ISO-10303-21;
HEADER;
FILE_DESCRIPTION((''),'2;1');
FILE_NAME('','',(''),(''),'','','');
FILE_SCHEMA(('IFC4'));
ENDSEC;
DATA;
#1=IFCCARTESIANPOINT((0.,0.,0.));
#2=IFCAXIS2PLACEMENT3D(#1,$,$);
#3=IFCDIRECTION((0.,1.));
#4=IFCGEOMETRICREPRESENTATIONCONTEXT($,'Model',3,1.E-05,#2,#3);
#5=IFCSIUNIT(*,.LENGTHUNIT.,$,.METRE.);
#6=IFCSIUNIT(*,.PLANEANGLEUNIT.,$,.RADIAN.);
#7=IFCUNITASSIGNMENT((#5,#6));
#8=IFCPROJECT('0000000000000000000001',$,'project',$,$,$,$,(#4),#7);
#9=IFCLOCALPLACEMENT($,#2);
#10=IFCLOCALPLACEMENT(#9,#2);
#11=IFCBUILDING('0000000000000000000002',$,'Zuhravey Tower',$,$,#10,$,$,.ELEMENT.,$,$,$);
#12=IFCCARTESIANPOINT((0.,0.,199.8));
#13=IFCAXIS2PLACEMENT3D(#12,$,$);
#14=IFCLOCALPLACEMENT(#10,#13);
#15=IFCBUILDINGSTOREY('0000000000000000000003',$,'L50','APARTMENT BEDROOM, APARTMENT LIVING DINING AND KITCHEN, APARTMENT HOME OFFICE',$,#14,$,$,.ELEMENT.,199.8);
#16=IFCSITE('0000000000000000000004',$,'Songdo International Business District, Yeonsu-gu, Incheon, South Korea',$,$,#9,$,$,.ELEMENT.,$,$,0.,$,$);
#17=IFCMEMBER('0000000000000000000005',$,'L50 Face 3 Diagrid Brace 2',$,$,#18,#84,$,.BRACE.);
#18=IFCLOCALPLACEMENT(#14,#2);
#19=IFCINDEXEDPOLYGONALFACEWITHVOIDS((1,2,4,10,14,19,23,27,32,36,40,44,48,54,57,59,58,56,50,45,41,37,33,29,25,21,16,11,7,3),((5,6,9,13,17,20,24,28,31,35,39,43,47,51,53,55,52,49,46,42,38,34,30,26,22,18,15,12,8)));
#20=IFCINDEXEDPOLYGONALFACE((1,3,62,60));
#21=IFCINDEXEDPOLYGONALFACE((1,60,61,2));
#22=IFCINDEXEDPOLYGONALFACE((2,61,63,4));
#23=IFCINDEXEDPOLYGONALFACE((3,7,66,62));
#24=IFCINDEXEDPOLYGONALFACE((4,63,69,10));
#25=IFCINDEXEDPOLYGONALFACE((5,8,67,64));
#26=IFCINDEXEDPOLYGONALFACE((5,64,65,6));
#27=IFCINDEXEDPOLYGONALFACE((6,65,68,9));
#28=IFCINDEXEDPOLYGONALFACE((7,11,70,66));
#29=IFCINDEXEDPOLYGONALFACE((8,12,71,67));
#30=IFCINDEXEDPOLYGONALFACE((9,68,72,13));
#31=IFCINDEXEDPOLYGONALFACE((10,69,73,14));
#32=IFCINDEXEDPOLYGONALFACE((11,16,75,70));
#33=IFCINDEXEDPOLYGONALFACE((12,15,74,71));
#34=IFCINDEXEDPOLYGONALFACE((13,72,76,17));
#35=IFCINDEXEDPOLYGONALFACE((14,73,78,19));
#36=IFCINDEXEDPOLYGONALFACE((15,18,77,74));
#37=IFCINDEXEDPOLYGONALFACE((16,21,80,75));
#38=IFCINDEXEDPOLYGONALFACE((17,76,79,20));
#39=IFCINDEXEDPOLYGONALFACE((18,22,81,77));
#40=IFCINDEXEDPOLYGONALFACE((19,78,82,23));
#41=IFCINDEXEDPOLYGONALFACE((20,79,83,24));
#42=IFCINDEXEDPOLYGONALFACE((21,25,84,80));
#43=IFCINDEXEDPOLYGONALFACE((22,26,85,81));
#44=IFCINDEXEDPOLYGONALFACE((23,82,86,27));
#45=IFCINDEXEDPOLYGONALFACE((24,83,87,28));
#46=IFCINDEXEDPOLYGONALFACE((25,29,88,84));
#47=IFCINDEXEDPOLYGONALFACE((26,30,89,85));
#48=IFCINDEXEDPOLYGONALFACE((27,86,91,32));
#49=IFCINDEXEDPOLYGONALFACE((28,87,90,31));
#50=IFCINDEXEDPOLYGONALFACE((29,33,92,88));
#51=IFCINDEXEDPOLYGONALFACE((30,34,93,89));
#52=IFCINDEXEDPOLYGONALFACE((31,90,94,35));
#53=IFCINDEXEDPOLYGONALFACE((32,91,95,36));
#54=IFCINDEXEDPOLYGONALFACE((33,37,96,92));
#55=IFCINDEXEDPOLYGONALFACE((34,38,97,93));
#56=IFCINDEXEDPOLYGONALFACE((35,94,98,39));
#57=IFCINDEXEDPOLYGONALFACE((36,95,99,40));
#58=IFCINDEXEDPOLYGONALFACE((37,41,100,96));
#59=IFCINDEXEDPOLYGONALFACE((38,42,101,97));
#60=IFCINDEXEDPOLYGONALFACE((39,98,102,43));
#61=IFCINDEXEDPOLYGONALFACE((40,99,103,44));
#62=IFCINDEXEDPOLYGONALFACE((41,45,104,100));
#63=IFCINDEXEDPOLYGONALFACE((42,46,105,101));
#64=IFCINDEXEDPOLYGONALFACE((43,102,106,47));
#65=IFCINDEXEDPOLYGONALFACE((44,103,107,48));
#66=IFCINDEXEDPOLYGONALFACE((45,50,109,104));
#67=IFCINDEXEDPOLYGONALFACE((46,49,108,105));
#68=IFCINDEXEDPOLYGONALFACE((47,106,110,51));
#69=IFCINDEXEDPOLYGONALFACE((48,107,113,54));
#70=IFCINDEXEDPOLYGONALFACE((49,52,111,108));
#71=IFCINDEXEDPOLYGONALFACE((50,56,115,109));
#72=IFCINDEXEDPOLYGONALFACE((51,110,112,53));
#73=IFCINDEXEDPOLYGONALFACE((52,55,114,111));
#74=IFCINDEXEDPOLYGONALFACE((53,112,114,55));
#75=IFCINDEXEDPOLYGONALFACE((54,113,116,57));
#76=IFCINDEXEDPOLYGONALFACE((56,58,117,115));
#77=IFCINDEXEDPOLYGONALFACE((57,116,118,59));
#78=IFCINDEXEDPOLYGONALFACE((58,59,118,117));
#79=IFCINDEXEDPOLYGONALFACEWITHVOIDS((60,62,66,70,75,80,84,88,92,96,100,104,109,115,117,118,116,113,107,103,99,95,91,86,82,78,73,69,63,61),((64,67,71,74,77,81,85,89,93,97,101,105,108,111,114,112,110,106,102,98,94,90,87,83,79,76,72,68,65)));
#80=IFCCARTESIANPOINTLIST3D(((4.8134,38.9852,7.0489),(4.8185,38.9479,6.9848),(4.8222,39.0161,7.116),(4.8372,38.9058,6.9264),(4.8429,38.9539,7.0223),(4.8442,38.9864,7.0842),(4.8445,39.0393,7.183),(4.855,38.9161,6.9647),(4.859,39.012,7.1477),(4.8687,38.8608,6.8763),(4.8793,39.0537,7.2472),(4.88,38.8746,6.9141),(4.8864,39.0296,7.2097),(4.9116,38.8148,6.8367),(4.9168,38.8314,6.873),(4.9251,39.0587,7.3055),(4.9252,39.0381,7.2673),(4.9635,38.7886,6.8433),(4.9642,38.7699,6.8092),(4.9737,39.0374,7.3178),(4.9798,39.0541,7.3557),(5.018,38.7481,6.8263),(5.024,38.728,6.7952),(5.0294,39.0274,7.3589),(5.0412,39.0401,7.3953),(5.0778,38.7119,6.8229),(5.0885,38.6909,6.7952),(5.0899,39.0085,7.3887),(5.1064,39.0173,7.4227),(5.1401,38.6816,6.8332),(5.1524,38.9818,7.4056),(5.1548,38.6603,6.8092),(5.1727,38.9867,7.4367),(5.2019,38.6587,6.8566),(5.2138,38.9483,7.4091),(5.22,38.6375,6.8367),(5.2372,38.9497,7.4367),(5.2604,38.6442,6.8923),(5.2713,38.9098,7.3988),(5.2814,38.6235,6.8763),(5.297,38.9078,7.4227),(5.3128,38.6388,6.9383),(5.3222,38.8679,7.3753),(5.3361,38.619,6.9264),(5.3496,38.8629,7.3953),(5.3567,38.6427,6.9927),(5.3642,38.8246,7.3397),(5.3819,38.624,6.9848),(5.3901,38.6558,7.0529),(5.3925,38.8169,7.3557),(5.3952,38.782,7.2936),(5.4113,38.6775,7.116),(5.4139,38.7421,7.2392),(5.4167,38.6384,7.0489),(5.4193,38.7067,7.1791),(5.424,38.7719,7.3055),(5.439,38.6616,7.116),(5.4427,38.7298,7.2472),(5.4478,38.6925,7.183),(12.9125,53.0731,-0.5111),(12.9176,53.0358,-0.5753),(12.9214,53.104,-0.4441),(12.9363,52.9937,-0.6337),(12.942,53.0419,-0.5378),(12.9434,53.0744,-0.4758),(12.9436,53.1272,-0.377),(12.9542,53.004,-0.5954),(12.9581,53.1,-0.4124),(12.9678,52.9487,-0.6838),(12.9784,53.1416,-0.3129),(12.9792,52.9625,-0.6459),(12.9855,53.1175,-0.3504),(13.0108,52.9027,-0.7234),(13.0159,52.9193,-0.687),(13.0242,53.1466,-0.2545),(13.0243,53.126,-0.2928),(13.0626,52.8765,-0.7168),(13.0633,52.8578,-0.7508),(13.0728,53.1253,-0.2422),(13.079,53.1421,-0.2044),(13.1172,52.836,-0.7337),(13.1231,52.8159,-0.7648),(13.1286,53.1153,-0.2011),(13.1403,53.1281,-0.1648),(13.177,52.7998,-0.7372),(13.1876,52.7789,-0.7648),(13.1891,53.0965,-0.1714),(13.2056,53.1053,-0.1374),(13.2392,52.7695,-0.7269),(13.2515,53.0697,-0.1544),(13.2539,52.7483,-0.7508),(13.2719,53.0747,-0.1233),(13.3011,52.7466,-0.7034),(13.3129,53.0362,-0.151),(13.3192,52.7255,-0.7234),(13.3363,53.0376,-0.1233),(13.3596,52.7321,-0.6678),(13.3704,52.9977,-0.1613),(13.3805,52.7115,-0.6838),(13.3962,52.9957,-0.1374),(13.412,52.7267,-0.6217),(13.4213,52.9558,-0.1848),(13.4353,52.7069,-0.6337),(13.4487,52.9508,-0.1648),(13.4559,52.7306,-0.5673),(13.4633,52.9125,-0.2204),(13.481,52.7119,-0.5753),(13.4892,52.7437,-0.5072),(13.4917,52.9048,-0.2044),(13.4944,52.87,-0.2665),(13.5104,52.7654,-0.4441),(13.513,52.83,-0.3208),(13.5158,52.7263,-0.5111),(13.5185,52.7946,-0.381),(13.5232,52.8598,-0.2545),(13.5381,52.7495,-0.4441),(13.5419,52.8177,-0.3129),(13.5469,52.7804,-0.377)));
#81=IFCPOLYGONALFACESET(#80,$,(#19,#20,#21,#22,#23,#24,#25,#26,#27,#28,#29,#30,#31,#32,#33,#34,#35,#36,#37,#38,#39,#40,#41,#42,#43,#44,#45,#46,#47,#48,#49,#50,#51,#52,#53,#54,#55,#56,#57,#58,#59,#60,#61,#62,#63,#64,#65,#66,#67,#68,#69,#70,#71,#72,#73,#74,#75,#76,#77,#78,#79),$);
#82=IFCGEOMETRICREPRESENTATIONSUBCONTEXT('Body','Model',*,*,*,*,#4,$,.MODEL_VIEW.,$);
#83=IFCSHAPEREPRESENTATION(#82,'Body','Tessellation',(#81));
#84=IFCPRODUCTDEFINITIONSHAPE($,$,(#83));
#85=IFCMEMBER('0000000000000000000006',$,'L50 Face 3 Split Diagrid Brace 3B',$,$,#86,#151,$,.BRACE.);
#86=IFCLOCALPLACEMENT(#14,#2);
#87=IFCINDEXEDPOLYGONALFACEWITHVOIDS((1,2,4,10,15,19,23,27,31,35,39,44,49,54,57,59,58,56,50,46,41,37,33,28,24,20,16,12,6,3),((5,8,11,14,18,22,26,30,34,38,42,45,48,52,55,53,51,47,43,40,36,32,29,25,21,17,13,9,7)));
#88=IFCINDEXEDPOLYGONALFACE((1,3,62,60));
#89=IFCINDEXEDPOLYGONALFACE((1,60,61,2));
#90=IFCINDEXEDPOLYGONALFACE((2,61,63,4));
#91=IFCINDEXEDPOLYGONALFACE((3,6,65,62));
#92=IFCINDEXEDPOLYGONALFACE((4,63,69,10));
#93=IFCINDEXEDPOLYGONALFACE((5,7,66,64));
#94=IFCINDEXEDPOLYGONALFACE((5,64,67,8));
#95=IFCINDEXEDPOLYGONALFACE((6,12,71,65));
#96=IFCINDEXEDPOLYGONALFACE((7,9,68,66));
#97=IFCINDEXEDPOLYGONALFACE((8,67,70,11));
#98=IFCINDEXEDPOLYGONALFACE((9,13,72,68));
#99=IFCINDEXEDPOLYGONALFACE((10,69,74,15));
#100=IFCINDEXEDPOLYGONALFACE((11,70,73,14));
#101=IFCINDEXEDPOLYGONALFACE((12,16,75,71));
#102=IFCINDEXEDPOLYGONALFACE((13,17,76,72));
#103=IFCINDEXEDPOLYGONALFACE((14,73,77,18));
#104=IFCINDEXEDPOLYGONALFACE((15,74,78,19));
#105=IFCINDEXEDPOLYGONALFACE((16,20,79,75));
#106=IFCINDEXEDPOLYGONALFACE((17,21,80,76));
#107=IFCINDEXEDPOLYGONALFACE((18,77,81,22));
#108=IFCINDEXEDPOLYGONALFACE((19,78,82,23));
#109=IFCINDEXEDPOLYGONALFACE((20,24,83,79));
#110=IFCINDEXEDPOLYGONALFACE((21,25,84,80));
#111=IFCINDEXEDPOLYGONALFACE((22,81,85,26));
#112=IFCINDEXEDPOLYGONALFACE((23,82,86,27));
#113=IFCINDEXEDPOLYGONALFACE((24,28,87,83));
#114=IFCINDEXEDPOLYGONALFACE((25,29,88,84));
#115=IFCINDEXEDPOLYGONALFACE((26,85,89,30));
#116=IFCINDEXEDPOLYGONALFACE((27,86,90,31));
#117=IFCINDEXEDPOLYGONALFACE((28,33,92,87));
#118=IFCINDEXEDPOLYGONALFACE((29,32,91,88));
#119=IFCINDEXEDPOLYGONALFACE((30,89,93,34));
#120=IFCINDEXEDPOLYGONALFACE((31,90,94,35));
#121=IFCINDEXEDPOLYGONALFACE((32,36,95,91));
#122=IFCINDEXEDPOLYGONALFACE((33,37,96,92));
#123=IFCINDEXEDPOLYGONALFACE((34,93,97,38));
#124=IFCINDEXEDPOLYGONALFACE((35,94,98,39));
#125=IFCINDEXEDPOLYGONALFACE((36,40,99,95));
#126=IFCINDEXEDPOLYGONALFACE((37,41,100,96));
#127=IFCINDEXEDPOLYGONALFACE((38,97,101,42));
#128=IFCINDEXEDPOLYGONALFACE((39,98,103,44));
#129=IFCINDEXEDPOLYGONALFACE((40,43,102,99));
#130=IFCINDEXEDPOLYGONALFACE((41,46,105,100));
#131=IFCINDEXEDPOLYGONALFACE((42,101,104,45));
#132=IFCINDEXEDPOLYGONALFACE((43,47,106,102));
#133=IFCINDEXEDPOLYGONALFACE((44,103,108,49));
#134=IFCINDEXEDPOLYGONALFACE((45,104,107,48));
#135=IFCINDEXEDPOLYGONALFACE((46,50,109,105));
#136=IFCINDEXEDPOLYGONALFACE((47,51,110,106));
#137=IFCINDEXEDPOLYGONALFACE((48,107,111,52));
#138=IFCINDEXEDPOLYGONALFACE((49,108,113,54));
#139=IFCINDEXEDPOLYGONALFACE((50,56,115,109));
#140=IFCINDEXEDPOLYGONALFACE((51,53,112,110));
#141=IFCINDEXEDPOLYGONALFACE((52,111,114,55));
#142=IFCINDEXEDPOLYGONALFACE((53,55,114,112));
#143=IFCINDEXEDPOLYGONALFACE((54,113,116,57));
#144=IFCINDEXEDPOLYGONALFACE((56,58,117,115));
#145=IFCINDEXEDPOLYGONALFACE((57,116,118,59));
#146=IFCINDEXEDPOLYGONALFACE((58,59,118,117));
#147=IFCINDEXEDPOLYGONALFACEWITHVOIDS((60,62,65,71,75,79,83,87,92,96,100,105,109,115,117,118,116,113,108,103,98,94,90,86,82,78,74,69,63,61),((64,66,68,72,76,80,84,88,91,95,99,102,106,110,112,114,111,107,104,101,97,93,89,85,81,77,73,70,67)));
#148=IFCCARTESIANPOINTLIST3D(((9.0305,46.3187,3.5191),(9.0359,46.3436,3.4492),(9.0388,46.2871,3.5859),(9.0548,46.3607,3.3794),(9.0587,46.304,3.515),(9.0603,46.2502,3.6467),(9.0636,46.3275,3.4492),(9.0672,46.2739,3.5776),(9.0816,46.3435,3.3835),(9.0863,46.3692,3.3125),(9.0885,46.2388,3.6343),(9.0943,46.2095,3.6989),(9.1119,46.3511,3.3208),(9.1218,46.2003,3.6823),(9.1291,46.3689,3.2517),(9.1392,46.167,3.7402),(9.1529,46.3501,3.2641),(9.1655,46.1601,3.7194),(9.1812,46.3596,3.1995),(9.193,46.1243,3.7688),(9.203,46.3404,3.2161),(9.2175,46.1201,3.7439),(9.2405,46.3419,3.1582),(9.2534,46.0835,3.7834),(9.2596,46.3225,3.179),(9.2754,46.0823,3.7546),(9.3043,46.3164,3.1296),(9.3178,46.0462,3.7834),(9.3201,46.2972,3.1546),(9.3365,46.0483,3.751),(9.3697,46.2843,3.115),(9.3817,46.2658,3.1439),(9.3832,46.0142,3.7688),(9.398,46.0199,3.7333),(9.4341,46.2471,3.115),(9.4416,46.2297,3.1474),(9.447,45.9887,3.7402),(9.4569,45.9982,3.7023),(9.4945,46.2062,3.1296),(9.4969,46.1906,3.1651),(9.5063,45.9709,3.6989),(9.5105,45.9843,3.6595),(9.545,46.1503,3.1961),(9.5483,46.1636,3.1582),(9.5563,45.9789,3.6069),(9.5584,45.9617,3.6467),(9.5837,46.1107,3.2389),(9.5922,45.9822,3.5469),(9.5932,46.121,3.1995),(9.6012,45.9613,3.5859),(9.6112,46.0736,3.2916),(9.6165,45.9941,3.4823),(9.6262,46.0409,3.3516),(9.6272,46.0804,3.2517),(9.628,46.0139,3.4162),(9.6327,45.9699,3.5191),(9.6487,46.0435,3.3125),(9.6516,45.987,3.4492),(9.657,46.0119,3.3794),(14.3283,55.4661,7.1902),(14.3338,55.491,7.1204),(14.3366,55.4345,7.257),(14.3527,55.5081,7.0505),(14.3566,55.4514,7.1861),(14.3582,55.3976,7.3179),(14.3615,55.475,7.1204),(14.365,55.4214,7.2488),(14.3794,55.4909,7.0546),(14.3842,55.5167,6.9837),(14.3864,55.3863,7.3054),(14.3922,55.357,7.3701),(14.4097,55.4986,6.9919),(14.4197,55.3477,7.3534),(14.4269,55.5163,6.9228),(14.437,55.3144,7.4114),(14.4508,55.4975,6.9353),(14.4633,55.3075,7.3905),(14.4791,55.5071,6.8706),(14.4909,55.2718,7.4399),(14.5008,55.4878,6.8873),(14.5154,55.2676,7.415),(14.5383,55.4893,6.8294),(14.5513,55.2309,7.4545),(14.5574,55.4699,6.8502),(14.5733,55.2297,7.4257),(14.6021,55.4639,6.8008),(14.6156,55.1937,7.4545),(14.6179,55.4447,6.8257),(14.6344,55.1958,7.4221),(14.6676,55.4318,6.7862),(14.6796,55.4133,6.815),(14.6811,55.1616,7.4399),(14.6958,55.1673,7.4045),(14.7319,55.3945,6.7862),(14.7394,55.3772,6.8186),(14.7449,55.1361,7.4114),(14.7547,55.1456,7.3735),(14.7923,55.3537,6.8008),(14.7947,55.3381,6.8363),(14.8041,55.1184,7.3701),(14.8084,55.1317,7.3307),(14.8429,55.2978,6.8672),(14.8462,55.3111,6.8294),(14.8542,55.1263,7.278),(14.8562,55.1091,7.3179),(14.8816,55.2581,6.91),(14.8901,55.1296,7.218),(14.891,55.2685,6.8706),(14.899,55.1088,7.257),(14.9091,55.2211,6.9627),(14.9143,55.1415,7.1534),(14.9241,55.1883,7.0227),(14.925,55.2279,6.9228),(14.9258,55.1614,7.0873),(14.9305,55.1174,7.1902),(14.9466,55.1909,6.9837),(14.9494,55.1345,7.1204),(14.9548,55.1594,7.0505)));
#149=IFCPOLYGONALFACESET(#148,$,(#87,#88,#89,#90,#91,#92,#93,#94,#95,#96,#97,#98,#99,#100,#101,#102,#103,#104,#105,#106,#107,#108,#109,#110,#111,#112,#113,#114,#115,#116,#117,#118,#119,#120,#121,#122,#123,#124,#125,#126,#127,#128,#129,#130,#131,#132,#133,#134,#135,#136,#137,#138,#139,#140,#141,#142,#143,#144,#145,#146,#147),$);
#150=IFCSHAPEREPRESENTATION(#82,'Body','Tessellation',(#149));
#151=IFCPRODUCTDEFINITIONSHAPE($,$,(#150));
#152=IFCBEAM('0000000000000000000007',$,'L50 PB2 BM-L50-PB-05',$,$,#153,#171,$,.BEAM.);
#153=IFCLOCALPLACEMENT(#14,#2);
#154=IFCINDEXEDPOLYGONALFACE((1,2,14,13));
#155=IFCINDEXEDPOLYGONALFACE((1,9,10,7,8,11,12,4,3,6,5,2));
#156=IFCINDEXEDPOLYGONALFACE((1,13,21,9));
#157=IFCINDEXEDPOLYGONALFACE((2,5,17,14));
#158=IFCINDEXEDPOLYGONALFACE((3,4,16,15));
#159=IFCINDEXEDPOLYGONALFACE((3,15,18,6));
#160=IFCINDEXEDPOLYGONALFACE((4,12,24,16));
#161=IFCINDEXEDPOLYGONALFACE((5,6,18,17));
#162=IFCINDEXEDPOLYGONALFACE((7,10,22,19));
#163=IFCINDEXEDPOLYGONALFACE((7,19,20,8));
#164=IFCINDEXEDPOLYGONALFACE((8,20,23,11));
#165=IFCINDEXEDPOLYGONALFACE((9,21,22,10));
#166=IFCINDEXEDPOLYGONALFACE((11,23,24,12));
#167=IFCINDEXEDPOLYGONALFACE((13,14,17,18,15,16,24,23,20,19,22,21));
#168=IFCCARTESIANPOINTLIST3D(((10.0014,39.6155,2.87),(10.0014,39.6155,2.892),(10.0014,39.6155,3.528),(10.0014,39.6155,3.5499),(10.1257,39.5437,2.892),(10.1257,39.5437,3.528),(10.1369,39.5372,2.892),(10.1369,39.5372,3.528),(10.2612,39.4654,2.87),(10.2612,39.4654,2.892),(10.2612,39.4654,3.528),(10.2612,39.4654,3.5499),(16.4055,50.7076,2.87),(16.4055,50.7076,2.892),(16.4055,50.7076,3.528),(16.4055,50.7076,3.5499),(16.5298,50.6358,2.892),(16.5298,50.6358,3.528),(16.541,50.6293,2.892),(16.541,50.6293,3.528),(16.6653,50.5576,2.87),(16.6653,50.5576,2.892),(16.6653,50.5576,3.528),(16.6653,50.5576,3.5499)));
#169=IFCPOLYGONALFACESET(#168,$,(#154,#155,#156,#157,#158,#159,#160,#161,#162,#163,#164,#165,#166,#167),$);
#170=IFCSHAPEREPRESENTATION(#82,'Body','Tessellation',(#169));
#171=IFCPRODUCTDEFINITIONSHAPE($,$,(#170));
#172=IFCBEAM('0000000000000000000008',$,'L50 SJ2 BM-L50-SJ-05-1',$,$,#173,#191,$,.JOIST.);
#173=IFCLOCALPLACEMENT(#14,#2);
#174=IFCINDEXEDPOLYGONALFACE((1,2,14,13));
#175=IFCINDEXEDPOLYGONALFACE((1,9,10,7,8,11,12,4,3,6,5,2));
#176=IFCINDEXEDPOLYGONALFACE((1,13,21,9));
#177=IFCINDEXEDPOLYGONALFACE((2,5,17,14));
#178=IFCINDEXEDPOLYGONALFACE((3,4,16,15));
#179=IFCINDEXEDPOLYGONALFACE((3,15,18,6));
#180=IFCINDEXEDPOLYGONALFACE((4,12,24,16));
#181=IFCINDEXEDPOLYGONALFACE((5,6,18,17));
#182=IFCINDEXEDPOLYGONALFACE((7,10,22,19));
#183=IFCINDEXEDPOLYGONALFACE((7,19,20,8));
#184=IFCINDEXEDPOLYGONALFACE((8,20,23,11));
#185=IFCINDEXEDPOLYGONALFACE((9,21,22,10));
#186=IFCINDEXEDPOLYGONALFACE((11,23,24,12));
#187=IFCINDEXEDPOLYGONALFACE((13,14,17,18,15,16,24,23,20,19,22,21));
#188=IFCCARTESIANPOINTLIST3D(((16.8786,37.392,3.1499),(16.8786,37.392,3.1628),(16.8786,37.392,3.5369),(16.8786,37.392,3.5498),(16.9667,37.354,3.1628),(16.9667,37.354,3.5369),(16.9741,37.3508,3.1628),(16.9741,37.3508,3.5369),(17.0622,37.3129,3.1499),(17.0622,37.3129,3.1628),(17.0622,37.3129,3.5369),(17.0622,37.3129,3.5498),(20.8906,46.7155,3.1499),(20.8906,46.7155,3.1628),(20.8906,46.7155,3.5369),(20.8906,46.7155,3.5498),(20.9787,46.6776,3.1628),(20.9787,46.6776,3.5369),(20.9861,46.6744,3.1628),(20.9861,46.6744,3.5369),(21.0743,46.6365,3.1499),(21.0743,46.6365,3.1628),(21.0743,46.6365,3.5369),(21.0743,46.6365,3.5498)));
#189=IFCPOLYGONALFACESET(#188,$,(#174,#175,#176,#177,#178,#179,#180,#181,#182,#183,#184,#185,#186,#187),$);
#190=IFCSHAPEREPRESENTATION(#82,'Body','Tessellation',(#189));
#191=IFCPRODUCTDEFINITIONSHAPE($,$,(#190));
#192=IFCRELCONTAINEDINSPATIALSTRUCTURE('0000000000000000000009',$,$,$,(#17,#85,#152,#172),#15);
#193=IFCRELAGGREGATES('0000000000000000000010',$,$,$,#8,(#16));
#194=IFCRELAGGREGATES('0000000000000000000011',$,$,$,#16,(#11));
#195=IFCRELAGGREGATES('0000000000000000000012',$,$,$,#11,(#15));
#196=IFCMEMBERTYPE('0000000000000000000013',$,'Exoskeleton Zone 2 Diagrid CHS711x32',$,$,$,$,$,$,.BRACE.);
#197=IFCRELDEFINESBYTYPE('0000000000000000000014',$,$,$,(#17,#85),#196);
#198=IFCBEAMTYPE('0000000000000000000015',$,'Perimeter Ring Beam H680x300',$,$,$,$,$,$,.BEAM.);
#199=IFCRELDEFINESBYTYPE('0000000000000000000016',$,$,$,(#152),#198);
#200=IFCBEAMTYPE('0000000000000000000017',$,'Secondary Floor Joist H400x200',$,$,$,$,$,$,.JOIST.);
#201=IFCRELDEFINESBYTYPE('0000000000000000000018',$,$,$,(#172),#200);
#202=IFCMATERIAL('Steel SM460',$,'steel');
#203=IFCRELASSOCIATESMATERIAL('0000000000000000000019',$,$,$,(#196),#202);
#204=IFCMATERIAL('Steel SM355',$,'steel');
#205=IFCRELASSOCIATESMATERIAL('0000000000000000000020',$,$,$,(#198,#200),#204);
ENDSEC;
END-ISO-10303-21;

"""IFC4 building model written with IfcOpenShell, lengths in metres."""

from ifc_helpers import new_model, si_unit, direction, frame, origin, origin_2d, place, context, subcontext, project, spatial, hollow_circle, i_section, extrude, material, material_profile, profile_set, type_object, element, save


model = new_model("IFC4")

# Units and contexts
model_context = context("Model", 3, precision=1e-05, world=origin(), true_north=direction((0.0, 1.0)))
body_context = subcontext(model_context, "Body", "Model", "MODEL_VIEW")
ifc_project = project(units=[si_unit("LENGTHUNIT", "METRE"), si_unit("PLANEANGLEUNIT", "RADIAN")], contexts=[model_context])

# Site, building, storey
site_placement = place(None, origin())
site = spatial("IfcSite", under=ifc_project, at=site_placement, Name="Songdo International Business District, Yeonsu-gu, Incheon, South Korea", CompositionType="ELEMENT", RefElevation=0.0)
building_placement = place(site_placement, origin())
building = spatial("IfcBuilding", under=site, at=building_placement, Name="Zuhravey Tower", CompositionType="ELEMENT")
storey_placement = place(building_placement, frame((0.0, 0.0, 199.8)))
storey = spatial("IfcBuildingStorey", under=building, at=storey_placement, Name="L50", Description="APARTMENT BEDROOM, APARTMENT LIVING DINING AND KITCHEN, APARTMENT HOME OFFICE", CompositionType="ELEMENT", Elevation=199.8)

# Members
ifc_material_1 = material(Name="Steel SM355", Category="steel")
ifc_material_2 = material(Name="Steel SM460", Category="steel")
ifc_material_profile_1 = material_profile(ifc_material_2, hollow_circle(Radius=0.3557, WallThickness=0.032, at=origin_2d()), Name="CHS-711.2x32")
ifc_profile_set_1 = profile_set([ifc_material_profile_1], Name="Steel SM460")
member_type_1 = type_object("IfcMemberType", Name="Exoskeleton Zone 2 Diagrid CHS711x32", PredefinedType="BRACE", material=ifc_profile_set_1)
member_1_placement = place(storey_placement, frame((13.2297, 52.9268, -0.4441), z_axis=(-0.451895, -0.786041, 0.421818), x_axis=(0.866944, -0.498406, 0.0)))
element("IfcMember", 1, at=member_1_placement, inside=storey, type_object=member_type_1, Name="L50 Face 3 Diagrid Brace 2", PredefinedType="BRACE", context=body_context, shape_type="SweptSolid", body=[
    extrude(hollow_circle(Radius=0.3557, WallThickness=0.032, at=origin_2d()), origin(), (0.0, 0.0, 1.0), 17.9226),
])
member_2_placement = place(storey_placement, frame((9.3438, 46.1653, 3.4492), z_axis=(0.473437, 0.817453, 0.328068), x_axis=(-0.865346, 0.501175, 0.0)))
element("IfcMember", 2, at=member_2_placement, inside=storey, type_object=member_type_1, Name="L50 Face 3 Split Diagrid Brace 3B", PredefinedType="BRACE", context=body_context, shape_type="SweptSolid", body=[
    extrude(hollow_circle(Radius=0.3557, WallThickness=0.032, at=origin_2d()), origin(), (0.0, 0.0, 1.0), 11.1902),
])

# Beams
ifc_material_profile_2 = material_profile(ifc_material_1, i_section(OverallWidth=0.3, OverallDepth=0.6799, WebThickness=0.0129, FlangeThickness=0.022, at=origin_2d()), Name="H-680x300x13x22")
ifc_profile_set_2 = profile_set([ifc_material_profile_2], Name="Steel SM355")
beam_type_1 = type_object("IfcBeamType", Name="Perimeter Ring Beam H680x300", PredefinedType="BEAM", material=ifc_profile_set_2)
beam_1_placement = place(storey_placement, frame((16.5354, 50.6326, 3.21), z_axis=(-0.500004, -0.866023, 0.0), x_axis=(0.866023, -0.500004, 0.0)))
element("IfcBeam", 3, at=beam_1_placement, inside=storey, type_object=beam_type_1, Name="L50 PB2 BM-L50-PB-05", PredefinedType="BEAM", context=body_context, shape_type="SweptSolid", body=[
    extrude(i_section(OverallWidth=0.3, OverallDepth=0.6799, WebThickness=0.0129, FlangeThickness=0.022, at=origin_2d()), origin(), (0.0, 0.0, 1.0), 12.8081),
])
ifc_material_profile_3 = material_profile(ifc_material_1, i_section(OverallWidth=0.2, OverallDepth=0.3999, WebThickness=0.0081, FlangeThickness=0.0129, at=origin_2d()), Name="H-400x200x8x13")
ifc_profile_set_3 = profile_set([ifc_material_profile_3], Name="Steel SM355")
beam_type_2 = type_object("IfcBeamType", Name="Secondary Floor Joist H400x200", PredefinedType="JOIST", material=ifc_profile_set_3)
beam_2_placement = place(storey_placement, frame((20.9824, 46.676, 3.3499), z_axis=(-0.395266, -0.918567, 0.0), x_axis=(0.918567, -0.395266, 0.0)))
element("IfcBeam", 4, at=beam_2_placement, inside=storey, type_object=beam_type_2, Name="L50 SJ2 BM-L50-SJ-05-1", PredefinedType="JOIST", context=body_context, shape_type="SweptSolid", body=[
    extrude(i_section(OverallWidth=0.2, OverallDepth=0.3999, WebThickness=0.0081, FlangeThickness=0.0129, at=origin_2d()), origin(), (0.0, 0.0, 1.0), 10.1501),
])

save(model, "model.ifc")
